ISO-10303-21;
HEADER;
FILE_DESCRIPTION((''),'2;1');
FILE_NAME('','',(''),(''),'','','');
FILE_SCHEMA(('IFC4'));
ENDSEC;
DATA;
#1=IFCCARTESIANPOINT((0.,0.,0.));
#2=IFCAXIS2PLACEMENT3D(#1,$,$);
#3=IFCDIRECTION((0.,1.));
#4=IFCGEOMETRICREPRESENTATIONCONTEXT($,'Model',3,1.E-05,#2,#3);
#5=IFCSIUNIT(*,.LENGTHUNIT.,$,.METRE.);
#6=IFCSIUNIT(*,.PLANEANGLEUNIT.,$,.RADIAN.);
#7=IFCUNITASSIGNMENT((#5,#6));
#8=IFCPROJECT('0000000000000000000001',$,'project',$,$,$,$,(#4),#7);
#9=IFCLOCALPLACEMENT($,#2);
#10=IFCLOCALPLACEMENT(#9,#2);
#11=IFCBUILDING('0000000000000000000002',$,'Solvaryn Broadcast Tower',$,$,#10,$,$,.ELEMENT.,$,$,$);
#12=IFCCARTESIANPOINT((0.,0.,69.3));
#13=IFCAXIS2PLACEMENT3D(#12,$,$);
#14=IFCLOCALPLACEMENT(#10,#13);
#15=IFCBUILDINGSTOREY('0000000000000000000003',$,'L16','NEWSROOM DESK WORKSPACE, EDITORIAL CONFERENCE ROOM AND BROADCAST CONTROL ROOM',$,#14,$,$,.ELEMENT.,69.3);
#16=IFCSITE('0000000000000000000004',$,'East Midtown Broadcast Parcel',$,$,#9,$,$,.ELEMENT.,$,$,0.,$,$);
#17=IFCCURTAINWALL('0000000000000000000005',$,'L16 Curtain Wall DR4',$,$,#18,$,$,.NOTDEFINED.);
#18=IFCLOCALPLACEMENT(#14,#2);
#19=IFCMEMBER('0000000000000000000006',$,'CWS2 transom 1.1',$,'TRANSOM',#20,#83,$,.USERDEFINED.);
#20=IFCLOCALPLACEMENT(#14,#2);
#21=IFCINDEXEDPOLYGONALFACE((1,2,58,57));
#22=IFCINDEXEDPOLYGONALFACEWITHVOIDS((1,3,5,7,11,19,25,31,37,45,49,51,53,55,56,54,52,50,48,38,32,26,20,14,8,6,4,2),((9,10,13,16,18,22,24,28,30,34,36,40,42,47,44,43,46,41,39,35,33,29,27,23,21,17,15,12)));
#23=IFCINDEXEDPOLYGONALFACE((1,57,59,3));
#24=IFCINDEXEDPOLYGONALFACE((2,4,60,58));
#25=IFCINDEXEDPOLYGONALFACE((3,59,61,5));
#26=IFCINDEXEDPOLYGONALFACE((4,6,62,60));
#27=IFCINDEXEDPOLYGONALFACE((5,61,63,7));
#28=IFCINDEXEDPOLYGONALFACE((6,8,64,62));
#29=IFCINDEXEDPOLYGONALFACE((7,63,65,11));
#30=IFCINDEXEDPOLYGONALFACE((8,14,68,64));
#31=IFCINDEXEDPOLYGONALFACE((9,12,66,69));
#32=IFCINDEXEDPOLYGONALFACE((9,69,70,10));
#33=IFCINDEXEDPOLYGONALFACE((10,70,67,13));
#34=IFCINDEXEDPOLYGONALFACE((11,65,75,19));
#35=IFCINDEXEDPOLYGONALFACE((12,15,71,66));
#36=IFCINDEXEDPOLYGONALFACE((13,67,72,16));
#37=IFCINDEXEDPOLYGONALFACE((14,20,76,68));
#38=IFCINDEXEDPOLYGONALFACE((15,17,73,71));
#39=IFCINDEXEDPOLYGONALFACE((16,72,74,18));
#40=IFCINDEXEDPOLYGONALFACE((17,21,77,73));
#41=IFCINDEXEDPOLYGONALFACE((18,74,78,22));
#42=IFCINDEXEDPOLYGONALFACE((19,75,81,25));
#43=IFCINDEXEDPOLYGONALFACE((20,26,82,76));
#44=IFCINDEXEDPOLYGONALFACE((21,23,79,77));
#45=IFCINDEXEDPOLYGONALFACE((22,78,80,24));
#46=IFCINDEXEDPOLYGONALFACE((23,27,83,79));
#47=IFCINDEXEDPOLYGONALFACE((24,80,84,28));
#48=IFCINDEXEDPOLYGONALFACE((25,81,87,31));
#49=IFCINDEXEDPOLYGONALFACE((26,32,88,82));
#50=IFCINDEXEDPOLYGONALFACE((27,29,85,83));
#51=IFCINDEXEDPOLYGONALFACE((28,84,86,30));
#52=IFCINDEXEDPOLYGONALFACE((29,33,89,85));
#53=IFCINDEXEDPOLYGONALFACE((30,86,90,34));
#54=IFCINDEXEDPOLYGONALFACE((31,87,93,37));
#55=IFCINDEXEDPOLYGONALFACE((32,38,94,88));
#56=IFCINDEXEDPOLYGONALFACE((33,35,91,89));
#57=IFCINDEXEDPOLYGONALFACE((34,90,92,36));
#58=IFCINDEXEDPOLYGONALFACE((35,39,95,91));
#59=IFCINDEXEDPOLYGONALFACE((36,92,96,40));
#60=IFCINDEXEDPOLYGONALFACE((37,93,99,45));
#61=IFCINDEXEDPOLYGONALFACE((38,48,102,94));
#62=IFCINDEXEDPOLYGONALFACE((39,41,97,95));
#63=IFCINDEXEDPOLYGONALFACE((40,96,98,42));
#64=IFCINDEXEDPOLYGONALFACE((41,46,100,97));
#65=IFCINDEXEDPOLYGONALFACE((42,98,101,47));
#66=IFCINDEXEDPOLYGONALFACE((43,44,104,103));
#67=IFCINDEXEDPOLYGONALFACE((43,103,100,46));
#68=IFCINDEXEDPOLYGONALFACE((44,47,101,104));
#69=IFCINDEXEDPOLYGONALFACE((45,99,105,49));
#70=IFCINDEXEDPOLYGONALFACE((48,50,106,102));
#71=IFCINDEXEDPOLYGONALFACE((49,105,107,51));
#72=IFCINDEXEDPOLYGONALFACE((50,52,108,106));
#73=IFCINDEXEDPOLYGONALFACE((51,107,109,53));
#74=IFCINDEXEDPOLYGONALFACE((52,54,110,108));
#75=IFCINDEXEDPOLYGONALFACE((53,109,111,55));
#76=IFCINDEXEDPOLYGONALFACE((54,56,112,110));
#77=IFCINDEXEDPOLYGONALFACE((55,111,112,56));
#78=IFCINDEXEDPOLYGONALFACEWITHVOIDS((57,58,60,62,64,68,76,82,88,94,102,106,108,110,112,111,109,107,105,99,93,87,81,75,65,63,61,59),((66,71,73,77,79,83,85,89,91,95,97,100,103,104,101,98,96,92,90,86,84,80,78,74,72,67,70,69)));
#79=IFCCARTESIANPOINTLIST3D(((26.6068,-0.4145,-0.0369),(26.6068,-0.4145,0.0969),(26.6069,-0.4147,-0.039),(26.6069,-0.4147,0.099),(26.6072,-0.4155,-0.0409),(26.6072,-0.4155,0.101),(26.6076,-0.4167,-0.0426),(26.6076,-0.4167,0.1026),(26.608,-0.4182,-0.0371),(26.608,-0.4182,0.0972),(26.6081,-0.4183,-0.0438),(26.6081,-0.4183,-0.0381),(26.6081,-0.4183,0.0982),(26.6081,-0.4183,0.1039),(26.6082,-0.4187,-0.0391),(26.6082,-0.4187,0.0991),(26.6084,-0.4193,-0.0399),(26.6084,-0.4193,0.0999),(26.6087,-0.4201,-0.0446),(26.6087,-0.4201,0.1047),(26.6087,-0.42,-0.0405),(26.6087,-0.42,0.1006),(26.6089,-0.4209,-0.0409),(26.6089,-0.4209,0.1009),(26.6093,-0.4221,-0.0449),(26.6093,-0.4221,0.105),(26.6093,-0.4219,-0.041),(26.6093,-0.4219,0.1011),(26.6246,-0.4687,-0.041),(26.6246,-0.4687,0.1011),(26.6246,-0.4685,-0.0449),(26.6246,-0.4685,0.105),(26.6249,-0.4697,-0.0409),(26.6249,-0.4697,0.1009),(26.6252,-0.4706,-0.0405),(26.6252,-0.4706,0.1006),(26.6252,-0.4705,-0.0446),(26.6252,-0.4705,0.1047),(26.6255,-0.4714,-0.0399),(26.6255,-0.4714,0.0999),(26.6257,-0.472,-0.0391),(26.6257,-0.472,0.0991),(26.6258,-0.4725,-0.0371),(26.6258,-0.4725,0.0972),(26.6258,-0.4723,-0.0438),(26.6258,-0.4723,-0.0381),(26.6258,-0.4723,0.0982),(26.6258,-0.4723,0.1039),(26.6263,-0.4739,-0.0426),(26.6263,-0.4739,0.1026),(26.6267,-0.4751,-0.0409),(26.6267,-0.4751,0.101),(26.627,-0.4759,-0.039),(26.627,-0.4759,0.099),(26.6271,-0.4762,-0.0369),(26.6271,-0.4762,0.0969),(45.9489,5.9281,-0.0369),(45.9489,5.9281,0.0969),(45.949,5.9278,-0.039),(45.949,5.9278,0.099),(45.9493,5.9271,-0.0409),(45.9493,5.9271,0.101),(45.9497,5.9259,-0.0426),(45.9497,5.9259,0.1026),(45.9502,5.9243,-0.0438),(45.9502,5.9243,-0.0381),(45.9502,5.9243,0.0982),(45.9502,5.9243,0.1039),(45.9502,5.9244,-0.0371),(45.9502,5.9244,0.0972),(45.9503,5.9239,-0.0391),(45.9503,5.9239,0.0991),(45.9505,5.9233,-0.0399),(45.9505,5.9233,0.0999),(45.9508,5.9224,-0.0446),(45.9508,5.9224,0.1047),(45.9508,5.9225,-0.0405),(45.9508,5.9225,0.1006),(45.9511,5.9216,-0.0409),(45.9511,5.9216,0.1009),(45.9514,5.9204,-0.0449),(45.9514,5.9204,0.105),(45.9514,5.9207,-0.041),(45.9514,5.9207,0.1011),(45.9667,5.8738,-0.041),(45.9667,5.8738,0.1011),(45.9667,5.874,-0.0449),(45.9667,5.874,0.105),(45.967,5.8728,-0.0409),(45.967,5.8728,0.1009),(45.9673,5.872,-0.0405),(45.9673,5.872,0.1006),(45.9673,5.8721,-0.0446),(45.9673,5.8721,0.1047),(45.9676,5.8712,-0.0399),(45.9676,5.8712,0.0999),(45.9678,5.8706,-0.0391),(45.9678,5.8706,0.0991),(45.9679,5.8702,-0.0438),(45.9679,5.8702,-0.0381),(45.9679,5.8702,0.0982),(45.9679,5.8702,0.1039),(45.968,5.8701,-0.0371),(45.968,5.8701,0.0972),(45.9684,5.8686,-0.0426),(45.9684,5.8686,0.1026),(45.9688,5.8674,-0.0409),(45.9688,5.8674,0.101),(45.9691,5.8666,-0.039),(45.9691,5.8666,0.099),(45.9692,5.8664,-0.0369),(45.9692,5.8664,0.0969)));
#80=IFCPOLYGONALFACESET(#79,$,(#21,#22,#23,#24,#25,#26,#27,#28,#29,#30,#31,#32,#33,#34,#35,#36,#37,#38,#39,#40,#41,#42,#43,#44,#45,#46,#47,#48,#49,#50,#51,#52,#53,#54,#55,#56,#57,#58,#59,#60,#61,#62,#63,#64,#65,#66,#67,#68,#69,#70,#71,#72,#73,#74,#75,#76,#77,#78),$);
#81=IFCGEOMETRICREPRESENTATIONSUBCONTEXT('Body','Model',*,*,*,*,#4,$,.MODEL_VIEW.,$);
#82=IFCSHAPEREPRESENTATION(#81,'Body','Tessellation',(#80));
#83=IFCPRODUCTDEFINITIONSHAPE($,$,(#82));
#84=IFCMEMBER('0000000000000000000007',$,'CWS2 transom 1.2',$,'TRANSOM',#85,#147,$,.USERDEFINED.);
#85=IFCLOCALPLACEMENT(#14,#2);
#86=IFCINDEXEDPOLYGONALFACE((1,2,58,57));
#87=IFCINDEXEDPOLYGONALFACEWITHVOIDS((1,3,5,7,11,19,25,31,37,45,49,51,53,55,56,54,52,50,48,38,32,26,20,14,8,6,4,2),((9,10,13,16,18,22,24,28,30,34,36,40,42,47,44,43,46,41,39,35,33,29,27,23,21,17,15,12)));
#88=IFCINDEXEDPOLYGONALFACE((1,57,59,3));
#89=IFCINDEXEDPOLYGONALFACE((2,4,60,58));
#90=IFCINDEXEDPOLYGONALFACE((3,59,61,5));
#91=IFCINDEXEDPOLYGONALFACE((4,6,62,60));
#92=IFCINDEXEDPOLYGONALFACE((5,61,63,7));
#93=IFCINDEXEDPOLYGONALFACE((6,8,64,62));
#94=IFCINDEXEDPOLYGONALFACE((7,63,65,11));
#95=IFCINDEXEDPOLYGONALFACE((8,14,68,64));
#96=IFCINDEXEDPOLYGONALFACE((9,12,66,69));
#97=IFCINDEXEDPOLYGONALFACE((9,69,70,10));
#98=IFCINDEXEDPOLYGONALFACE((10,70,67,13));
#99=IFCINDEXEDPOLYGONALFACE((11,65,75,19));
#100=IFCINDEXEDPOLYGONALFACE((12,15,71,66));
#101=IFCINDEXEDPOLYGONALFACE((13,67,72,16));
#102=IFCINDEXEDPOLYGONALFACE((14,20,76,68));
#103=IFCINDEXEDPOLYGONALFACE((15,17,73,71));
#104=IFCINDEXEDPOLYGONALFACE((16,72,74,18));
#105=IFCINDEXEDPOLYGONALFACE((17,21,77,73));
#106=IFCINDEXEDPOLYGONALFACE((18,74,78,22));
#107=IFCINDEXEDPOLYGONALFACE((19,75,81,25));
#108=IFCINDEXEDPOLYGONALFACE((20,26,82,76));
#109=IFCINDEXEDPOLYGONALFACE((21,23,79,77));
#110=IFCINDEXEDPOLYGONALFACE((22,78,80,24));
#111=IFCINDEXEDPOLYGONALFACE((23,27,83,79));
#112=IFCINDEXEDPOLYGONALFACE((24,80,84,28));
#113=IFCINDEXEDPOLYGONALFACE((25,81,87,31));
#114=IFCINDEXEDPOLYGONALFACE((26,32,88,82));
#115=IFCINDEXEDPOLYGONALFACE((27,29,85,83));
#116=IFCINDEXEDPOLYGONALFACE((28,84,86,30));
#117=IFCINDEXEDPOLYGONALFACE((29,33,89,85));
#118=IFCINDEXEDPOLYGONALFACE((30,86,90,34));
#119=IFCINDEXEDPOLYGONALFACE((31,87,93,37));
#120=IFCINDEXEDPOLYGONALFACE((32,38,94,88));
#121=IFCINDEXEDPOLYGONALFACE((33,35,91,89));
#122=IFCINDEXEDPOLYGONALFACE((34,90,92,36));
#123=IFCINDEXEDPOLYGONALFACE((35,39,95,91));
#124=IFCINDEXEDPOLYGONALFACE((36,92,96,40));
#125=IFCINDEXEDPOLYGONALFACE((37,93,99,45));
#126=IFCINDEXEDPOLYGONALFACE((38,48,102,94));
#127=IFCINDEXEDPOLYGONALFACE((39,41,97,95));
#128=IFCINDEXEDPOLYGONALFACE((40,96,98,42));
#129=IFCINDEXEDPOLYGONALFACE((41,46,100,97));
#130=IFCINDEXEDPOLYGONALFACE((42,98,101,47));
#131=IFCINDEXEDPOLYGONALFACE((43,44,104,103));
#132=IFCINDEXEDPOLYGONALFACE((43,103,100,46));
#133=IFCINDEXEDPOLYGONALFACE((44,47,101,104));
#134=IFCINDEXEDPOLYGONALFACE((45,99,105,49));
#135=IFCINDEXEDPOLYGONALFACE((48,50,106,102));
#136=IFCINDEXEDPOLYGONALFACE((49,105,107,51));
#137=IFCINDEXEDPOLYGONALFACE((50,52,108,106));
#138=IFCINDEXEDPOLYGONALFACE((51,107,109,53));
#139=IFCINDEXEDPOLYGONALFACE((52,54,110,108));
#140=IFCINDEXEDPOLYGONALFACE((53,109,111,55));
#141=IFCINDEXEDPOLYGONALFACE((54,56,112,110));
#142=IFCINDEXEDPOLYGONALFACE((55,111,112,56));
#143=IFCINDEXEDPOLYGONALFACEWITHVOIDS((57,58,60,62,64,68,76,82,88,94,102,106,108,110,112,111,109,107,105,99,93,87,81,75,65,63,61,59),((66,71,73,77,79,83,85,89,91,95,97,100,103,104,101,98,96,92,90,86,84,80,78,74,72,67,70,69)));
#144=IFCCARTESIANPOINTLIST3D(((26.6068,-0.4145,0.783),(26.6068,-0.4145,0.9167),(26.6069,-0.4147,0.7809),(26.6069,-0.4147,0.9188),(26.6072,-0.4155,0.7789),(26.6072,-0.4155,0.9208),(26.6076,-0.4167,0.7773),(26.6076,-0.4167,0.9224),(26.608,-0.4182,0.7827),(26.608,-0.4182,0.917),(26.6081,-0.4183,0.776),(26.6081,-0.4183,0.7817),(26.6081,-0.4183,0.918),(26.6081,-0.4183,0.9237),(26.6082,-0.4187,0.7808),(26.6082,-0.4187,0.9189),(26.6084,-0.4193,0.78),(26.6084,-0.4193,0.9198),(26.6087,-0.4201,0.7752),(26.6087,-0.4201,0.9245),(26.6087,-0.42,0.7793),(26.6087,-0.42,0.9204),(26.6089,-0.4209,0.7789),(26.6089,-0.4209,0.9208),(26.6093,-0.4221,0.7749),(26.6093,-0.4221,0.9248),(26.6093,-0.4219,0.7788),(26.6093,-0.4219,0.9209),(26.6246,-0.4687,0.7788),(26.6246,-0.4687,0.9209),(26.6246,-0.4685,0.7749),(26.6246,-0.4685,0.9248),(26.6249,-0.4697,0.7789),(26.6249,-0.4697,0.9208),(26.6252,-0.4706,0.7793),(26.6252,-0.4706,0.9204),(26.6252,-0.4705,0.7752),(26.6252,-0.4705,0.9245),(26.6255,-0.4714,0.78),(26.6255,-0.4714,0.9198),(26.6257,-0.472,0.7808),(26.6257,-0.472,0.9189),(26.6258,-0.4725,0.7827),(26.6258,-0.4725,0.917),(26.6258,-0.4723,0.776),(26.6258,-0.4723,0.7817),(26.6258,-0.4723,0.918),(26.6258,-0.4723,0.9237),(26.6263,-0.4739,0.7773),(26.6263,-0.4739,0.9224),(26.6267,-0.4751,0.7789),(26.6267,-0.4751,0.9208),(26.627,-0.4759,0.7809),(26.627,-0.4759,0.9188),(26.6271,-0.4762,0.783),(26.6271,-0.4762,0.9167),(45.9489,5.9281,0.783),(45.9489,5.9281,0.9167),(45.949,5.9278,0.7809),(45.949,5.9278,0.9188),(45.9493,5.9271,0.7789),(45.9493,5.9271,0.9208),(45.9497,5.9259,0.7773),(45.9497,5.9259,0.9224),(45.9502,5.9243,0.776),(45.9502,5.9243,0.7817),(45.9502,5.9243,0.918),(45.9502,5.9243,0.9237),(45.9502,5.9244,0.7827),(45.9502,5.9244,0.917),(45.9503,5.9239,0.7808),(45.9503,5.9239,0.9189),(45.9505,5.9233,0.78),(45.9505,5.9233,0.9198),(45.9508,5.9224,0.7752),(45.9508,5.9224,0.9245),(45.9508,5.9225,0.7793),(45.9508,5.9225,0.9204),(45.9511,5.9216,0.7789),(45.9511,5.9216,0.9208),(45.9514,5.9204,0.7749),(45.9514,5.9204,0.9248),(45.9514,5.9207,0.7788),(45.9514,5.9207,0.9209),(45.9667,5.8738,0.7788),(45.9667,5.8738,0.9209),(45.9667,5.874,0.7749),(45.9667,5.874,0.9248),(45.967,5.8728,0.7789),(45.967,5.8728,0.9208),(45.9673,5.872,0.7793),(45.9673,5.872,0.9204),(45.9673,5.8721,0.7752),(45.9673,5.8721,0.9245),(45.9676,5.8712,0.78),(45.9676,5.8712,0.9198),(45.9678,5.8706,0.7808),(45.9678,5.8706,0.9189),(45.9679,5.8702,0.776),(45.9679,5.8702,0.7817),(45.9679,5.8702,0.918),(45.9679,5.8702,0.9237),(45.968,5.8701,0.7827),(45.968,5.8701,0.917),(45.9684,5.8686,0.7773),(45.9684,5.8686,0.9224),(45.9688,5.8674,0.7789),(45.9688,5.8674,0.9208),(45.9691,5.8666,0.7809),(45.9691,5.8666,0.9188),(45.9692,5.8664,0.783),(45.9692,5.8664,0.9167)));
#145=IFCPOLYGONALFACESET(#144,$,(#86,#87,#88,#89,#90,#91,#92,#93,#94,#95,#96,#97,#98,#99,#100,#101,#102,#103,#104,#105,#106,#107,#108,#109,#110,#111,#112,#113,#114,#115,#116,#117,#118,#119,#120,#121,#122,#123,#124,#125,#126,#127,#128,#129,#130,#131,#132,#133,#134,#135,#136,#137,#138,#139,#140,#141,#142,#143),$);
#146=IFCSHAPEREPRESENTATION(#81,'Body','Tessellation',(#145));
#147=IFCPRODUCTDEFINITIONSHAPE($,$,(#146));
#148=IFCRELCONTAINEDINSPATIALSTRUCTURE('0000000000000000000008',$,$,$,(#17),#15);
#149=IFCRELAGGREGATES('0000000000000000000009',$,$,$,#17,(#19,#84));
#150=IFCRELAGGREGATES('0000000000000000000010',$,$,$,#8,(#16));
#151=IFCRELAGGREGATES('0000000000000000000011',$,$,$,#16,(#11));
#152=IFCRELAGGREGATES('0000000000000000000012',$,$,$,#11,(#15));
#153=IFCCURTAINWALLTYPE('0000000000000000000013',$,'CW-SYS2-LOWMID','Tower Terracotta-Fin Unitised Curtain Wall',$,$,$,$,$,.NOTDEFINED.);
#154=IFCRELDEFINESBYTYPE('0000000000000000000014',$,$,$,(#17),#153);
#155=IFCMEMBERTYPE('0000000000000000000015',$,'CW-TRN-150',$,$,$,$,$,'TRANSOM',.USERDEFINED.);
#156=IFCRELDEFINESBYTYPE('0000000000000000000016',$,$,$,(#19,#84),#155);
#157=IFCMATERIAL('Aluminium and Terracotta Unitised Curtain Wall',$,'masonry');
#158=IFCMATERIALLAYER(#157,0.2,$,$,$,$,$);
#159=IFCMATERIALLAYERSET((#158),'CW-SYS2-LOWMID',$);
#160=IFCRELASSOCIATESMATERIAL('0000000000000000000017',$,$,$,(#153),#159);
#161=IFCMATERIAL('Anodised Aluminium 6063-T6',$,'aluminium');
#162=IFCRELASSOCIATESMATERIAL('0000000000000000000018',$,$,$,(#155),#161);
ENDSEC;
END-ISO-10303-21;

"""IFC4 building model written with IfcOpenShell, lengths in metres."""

from ifc_helpers import new_model, si_unit, direction, frame, origin, origin_2d, place, context, subcontext, project, spatial, hollow_rectangle, extrude, material, layer, layer_set, material_profile, profile_set, type_object, element, aggregate, save


model = new_model("IFC4")

# Units and contexts
model_context = context("Model", 3, precision=1e-05, world=origin(), true_north=direction((0.0, 1.0)))
body_context = subcontext(model_context, "Body", "Model", "MODEL_VIEW")
ifc_project = project(units=[si_unit("LENGTHUNIT", "METRE"), si_unit("PLANEANGLEUNIT", "RADIAN")], contexts=[model_context])

# Site, building, storey
site_placement = place(None, origin())
site = spatial("IfcSite", under=ifc_project, at=site_placement, Name="East Midtown Broadcast Parcel", CompositionType="ELEMENT", RefElevation=0.0)
building_placement = place(site_placement, origin())
building = spatial("IfcBuilding", under=site, at=building_placement, Name="Solvaryn Broadcast Tower", CompositionType="ELEMENT")
storey_placement = place(building_placement, frame((0.0, 0.0, 69.3)))
storey = spatial("IfcBuildingStorey", under=building, at=storey_placement, Name="L16", Description="NEWSROOM DESK WORKSPACE, EDITORIAL CONFERENCE ROOM AND BROADCAST CONTROL ROOM", CompositionType="ELEMENT", Elevation=69.3)

# Shared definitions
ifc_material_1 = material(Name="Aluminium and Terracotta Unitised Curtain Wall", Category="masonry")
ifc_layer_1 = layer(ifc_material_1, 0.2)
ifc_layer_set_1 = layer_set([ifc_layer_1], Name="CW-SYS2-LOWMID")
curtain_wall_type = type_object("IfcCurtainWallType", Name="CW-SYS2-LOWMID", Description="Tower Terracotta-Fin Unitised Curtain Wall", PredefinedType="NOTDEFINED", material=ifc_layer_set_1)

# Curtain wall, members
curtain_wall_1_placement = place(storey_placement, origin())
curtain_wall_1 = element("IfcCurtainWall", 1, at=curtain_wall_1_placement, inside=storey, type_object=curtain_wall_type, Name="L16 Curtain Wall DR4", PredefinedType="NOTDEFINED")
ifc_material_2 = material(Name="Anodised Aluminium 6063-T6", Category="aluminium")
ifc_material_profile_1 = material_profile(ifc_material_2, hollow_rectangle(XDim=0.0649, YDim=0.1499, WallThickness=0.0039, InnerFilletRadius=0.0039, OuterFilletRadius=0.0081, at=origin_2d()))
ifc_profile_set_1 = profile_set([ifc_material_profile_1], Name="Anodised Aluminium 6063-T6")
member_type_1 = type_object("IfcMemberType", Name="CW-TRN-150", ElementType="TRANSOM", PredefinedType="USERDEFINED", material=ifc_profile_set_1)
member_1_placement = place(storey_placement, frame((26.6169, -0.4453, 0.03), z_axis=(0.950217, 0.31159, 0.0), x_axis=(-0.31159, 0.950217, 0.0)))
member_1 = element("IfcMember", 2, at=member_1_placement, type_object=member_type_1, Name="CWS2 transom 1.1", ObjectType="TRANSOM", PredefinedType="USERDEFINED", context=body_context, shape_type="SweptSolid", body=[
    extrude(hollow_rectangle(XDim=0.0649, YDim=0.1499, WallThickness=0.0039, InnerFilletRadius=0.0039, OuterFilletRadius=0.0081, at=origin_2d()), origin(), (0.0, 0.0, 1.0), 20.3555),
])
member_2_placement = place(storey_placement, frame((26.6169, -0.4453, 0.8499), z_axis=(0.950217, 0.31159, 0.0), x_axis=(-0.31159, 0.950217, 0.0)))
member_2 = element("IfcMember", 3, at=member_2_placement, type_object=member_type_1, Name="CWS2 transom 1.2", ObjectType="TRANSOM", PredefinedType="USERDEFINED", context=body_context, shape_type="SweptSolid", body=[
    extrude(hollow_rectangle(XDim=0.0649, YDim=0.1499, WallThickness=0.0039, InnerFilletRadius=0.0039, OuterFilletRadius=0.0081, at=origin_2d()), origin(), (0.0, 0.0, 1.0), 20.3555),
])
aggregate(curtain_wall_1, [member_1, member_2])

save(model, "model.ifc")
